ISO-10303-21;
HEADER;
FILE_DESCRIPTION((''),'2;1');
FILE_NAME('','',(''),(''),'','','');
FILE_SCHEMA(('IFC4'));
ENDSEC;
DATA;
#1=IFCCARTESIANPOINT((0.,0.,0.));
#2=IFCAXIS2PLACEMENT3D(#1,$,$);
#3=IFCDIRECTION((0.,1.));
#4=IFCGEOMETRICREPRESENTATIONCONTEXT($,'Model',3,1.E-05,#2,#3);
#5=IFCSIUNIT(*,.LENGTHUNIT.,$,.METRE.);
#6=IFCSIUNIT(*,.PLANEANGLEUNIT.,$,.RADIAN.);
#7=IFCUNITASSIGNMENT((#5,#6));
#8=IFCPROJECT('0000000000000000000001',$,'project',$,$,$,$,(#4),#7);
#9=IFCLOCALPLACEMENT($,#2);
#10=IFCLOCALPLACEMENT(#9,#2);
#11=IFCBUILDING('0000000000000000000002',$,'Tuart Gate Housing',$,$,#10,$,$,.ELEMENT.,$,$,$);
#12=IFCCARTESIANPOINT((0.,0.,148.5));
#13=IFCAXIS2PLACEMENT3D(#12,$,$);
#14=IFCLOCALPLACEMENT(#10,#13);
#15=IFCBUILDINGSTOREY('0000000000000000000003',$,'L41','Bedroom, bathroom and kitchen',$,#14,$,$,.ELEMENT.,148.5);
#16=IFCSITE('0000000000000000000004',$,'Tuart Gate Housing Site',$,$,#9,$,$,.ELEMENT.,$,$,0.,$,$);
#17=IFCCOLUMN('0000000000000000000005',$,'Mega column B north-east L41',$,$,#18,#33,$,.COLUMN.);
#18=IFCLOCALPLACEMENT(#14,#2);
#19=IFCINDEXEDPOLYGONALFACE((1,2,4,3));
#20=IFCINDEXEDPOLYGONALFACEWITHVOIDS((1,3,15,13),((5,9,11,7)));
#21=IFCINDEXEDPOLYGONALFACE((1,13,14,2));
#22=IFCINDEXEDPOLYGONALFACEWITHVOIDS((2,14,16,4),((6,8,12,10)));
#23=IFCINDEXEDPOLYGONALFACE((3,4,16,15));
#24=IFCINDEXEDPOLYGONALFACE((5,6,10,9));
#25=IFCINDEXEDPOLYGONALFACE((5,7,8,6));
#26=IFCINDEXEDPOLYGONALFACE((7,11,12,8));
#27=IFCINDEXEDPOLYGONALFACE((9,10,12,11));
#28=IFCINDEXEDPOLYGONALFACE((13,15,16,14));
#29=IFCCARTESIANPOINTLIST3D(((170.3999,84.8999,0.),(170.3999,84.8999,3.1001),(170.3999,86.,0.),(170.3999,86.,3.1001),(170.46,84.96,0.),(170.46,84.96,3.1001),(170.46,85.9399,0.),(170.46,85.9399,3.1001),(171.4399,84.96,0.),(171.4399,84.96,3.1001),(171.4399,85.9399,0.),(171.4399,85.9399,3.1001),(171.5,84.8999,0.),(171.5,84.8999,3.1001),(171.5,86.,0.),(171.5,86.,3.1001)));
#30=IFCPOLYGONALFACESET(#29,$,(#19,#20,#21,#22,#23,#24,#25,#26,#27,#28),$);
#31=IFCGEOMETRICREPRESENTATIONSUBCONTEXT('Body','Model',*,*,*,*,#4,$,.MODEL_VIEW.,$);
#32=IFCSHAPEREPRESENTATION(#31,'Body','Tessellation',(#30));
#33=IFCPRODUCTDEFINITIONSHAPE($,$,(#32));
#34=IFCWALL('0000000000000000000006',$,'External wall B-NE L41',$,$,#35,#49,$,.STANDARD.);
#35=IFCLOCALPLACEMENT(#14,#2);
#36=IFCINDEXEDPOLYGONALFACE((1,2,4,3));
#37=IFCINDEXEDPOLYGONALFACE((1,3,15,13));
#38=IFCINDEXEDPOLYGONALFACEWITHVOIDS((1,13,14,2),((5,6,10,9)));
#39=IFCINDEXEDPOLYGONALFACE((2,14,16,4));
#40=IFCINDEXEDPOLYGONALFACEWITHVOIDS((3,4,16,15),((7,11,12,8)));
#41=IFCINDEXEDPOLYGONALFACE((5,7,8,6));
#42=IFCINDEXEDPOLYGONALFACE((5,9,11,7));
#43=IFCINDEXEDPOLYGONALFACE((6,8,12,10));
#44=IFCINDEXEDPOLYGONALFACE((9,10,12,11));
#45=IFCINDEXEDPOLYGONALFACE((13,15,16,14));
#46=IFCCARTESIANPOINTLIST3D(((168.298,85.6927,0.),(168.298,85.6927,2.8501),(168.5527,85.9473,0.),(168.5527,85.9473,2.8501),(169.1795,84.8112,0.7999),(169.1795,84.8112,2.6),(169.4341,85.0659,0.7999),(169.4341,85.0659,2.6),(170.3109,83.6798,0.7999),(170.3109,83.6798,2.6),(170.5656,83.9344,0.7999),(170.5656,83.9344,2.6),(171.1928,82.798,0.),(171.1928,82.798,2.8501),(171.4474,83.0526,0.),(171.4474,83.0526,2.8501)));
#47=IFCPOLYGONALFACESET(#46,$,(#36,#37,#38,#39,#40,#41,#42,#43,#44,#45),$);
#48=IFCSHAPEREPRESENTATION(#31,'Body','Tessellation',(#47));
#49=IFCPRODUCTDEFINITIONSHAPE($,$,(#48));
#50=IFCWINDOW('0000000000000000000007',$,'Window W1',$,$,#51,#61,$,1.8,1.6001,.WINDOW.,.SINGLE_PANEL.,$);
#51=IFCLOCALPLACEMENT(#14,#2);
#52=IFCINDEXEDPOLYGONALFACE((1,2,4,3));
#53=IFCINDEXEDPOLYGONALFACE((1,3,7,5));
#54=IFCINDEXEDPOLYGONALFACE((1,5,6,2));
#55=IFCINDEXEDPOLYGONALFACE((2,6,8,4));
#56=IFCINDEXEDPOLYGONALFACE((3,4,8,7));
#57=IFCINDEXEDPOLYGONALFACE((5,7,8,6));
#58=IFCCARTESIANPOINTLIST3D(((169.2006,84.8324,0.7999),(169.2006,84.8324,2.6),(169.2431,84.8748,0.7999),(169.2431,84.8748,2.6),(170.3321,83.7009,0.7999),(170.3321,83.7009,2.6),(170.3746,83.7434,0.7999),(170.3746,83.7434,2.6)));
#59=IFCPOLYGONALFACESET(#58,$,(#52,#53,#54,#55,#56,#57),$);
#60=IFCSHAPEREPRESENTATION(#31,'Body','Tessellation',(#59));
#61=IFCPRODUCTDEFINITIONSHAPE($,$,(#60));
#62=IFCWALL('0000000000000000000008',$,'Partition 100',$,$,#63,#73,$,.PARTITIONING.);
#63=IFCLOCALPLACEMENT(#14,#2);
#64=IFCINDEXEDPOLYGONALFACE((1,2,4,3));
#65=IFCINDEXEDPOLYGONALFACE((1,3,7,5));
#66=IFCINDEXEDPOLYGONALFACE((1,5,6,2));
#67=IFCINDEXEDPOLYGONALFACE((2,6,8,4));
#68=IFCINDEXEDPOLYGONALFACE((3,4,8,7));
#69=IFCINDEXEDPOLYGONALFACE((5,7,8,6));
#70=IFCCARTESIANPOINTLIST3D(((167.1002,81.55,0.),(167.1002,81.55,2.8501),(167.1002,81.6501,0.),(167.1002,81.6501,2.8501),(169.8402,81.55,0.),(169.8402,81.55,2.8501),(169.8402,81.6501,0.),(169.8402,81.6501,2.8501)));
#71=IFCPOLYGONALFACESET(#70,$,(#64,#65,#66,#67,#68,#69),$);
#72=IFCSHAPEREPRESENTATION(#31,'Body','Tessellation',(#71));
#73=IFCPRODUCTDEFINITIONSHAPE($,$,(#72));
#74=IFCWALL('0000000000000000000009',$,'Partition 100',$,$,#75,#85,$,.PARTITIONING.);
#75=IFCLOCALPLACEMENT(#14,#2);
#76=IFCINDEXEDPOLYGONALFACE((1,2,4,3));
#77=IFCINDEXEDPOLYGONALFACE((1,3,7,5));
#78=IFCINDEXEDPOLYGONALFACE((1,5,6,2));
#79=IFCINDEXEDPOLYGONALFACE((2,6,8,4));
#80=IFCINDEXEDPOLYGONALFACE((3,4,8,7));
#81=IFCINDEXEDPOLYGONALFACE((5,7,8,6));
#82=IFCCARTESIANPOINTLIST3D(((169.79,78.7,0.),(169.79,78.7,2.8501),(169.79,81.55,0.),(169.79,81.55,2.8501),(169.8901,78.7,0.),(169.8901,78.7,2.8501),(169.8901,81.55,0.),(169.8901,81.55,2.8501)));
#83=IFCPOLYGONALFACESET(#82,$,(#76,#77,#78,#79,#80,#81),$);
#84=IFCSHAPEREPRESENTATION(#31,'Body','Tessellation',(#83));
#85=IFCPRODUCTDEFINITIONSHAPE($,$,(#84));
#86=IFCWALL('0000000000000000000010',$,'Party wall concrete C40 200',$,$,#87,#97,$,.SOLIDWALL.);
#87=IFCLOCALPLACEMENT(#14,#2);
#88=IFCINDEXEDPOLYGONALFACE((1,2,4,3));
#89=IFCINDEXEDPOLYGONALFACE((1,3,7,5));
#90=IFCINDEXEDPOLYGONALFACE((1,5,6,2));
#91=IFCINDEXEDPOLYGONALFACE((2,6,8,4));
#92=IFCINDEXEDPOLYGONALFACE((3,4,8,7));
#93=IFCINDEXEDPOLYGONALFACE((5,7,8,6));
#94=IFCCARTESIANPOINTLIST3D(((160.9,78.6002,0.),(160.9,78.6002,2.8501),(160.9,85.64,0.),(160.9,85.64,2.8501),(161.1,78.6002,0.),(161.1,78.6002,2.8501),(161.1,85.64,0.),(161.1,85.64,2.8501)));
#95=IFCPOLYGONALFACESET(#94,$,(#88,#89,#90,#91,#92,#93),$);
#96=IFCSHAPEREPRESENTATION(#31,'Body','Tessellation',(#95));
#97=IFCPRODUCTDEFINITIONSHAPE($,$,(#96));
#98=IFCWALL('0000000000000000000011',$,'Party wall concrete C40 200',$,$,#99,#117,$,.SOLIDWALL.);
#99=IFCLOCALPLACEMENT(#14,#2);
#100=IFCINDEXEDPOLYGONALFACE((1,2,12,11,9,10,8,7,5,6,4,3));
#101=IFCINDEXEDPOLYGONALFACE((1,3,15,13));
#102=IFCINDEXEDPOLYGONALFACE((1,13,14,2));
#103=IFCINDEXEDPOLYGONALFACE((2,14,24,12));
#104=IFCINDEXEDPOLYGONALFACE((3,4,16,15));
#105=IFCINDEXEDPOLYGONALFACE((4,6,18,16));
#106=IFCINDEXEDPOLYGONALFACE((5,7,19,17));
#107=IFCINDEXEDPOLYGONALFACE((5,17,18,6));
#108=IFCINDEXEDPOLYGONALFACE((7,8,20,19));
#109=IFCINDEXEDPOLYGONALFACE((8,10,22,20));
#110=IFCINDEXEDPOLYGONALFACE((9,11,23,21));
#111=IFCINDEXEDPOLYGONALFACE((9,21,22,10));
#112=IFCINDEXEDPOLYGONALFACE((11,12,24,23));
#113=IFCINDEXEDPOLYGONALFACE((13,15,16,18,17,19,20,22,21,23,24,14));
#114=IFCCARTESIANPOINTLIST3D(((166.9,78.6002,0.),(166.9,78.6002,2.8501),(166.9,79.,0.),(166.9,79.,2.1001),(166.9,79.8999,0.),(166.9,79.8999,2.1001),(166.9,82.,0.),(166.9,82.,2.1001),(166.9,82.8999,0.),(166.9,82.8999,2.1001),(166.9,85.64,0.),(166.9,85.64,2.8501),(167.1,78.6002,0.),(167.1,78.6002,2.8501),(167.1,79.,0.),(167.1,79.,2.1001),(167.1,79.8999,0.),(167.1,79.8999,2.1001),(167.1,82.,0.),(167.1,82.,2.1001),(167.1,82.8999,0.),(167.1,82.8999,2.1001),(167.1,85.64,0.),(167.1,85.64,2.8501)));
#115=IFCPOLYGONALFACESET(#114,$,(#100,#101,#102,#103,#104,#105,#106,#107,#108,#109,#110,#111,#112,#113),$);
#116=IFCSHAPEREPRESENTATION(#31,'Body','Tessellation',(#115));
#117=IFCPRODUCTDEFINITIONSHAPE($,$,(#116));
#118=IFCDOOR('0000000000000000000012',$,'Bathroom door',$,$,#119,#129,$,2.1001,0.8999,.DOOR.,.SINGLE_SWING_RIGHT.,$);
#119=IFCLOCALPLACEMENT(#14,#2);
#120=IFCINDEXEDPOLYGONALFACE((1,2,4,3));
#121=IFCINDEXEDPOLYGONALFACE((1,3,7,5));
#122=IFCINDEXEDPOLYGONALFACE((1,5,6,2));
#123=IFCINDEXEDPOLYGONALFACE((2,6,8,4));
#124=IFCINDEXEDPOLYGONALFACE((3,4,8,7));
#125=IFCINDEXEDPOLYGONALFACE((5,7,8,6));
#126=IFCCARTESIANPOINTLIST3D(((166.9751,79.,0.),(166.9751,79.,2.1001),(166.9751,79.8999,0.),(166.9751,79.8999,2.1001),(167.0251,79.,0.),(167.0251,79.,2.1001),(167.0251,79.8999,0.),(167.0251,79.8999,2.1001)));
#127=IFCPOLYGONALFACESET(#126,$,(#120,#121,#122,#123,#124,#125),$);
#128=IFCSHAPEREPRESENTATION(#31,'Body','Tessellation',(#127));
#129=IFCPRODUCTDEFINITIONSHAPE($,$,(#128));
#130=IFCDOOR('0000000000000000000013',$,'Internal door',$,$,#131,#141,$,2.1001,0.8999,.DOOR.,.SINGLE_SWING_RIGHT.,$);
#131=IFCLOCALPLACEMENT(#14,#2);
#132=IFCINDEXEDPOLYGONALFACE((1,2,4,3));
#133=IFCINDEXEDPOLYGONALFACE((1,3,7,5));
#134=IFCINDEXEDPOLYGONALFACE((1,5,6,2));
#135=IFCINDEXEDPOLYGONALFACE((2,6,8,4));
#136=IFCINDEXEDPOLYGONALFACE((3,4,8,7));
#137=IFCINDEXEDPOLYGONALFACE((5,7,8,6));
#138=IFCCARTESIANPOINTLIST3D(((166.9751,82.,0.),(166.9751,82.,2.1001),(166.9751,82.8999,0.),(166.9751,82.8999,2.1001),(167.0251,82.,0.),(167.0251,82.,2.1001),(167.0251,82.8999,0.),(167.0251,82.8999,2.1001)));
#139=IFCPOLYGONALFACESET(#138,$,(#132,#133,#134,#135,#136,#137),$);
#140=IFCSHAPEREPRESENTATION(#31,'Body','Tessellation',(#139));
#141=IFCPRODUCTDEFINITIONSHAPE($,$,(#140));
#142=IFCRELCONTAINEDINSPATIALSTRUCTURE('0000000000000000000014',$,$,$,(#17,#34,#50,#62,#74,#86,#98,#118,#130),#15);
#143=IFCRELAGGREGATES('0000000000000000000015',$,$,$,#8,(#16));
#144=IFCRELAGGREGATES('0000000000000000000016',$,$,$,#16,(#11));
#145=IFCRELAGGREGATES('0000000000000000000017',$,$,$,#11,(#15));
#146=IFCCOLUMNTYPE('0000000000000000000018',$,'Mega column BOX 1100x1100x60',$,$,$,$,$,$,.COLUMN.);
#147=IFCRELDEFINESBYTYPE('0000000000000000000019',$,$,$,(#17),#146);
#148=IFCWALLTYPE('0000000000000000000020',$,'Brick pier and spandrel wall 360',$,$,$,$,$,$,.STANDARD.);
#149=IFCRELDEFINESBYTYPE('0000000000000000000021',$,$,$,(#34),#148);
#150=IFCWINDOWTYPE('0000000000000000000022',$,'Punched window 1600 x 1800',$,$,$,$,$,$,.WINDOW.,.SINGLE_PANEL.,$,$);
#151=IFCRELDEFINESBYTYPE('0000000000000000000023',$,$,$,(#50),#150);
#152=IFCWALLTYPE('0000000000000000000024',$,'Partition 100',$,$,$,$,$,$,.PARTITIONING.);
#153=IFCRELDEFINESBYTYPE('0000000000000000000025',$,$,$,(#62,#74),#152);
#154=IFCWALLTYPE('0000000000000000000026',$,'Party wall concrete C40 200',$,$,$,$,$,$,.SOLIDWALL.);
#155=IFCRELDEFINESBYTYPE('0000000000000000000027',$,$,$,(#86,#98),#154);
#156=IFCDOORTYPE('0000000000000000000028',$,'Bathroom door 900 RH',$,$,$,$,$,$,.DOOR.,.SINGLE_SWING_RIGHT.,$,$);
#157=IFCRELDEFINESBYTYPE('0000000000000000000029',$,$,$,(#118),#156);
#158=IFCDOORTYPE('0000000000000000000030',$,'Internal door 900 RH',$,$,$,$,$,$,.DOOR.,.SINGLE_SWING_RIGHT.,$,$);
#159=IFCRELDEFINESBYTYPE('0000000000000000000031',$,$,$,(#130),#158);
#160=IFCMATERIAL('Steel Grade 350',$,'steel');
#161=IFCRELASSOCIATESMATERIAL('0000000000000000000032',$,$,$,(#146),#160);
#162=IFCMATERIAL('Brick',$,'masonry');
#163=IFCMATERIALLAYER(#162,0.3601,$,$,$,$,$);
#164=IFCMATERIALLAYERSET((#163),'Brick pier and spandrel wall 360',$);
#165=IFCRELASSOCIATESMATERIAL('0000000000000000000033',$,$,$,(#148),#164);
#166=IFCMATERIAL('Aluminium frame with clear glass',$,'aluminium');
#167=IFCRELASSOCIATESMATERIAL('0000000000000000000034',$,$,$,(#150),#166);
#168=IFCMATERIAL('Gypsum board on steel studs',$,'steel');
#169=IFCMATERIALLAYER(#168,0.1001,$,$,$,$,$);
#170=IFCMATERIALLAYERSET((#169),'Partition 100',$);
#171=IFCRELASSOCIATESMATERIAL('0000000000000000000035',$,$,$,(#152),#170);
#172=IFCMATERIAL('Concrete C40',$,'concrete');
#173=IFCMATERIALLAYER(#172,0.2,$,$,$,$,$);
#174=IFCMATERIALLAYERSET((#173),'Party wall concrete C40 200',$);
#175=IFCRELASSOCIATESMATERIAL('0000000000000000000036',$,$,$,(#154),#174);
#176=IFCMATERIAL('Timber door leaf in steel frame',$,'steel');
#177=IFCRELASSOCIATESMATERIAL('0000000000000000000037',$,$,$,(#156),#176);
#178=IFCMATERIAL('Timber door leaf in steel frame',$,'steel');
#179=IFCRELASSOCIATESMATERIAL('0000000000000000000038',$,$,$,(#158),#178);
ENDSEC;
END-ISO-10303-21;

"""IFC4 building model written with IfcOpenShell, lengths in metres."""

from ifc_helpers import new_model, si_unit, direction, frame, frame_2d, origin, origin_2d, place, context, subcontext, project, spatial, rectangle, hollow_rectangle, extrude, material, layer, layer_set, material_profile, profile_set, type_object, element, fill, save


model = new_model("IFC4")

# Units and contexts
model_context = context("Model", 3, precision=1e-05, world=origin(), true_north=direction((0.0, 1.0)))
body_context = subcontext(model_context, "Body", "Model", "MODEL_VIEW")
ifc_project = project(units=[si_unit("LENGTHUNIT", "METRE"), si_unit("PLANEANGLEUNIT", "RADIAN")], contexts=[model_context])

# Site, building, storey
site_placement = place(None, origin())
site = spatial("IfcSite", under=ifc_project, at=site_placement, Name="Tuart Gate Housing Site", CompositionType="ELEMENT", RefElevation=0.0)
building_placement = place(site_placement, origin())
building = spatial("IfcBuilding", under=site, at=building_placement, Name="Tuart Gate Housing", CompositionType="ELEMENT")
storey_placement = place(building_placement, frame((0.0, 0.0, 148.5)))
storey = spatial("IfcBuildingStorey", under=building, at=storey_placement, Name="L41", Description="Bedroom, bathroom and kitchen", CompositionType="ELEMENT", Elevation=148.5)

# Column
ifc_material_1 = material(Name="Steel Grade 350", Category="steel")
ifc_material_profile = material_profile(ifc_material_1, hollow_rectangle(XDim=1.1001, YDim=1.1001, WallThickness=0.0601, at=origin_2d()), Name="BOX 1100x1100x60")
ifc_profile_set = profile_set([ifc_material_profile], Name="Steel Grade 350")
column_type = type_object("IfcColumnType", Name="Mega column BOX 1100x1100x60", PredefinedType="COLUMN", material=ifc_profile_set)
column_placement = place(storey_placement, frame((170.95, 85.45, 0.0), z_axis=(0.0, 0.0, 1.0), x_axis=(1.0, 0.0, 0.0)))
element("IfcColumn", 1, at=column_placement, inside=storey, type_object=column_type, Name="Mega column B north-east L41", PredefinedType="COLUMN", context=body_context, shape_type="SweptSolid", body=[
    extrude(hollow_rectangle(XDim=1.1001, YDim=1.1001, WallThickness=0.0601, at=origin_2d()), origin(), (0.0, 0.0, 1.0), 3.1001),
])

# Wall, opening, window
ifc_material_2 = material(Name="Brick", Category="masonry")
ifc_layer_1 = layer(ifc_material_2, 0.3601)
ifc_layer_set_1 = layer_set([ifc_layer_1], Name="Brick pier and spandrel wall 360")
wall_type_1 = type_object("IfcWallType", Name="Brick pier and spandrel wall 360", PredefinedType="STANDARD", material=ifc_layer_set_1)
wall_1_placement = place(storey_placement, frame((171.3201, 82.9253, 0.0), z_axis=(0.0, 0.0, 1.0), x_axis=(-0.707107, 0.707107, 0.0)))
wall_1 = element("IfcWall", 2, at=wall_1_placement, inside=storey, type_object=wall_type_1, Name="External wall B-NE L41", PredefinedType="STANDARD", context=body_context, shape_type="SweptSolid", body=[
    extrude(rectangle(XDim=4.0938, YDim=0.3601, at=frame_2d((2.0469, 0.0))), origin(), (0.0, 0.0, 1.0), 2.8501),
])
opening_1_placement = place(wall_1_placement, frame((1.2471, 0.0, 0.8)))
opening_1 = element("IfcOpeningElement", 3, at=opening_1_placement, cuts=wall_1, PredefinedType="OPENING", context=body_context, shape_type="SweptSolid", body=[
    extrude(rectangle(XDim=1.6001, YDim=1.8, at=frame_2d((0.8, 0.8999))), frame((0.0, 0.1899, 0.0), z_axis=(0.0, -1.0, 0.0), x_axis=(1.0, 0.0, 0.0)), (0.0, 0.0, 1.0), 0.3801),
])
ifc_material_3 = material(Name="Aluminium frame with clear glass", Category="aluminium")
window_type = type_object("IfcWindowType", Name="Punched window 1600 x 1800", PartitioningType="SINGLE_PANEL", PredefinedType="WINDOW", material=ifc_material_3)
window_1_placement = place(opening_1_placement, origin())
window_1 = element("IfcWindow", 4, at=window_1_placement, inside=storey, type_object=window_type, Name="Window W1", OverallHeight=1.8, OverallWidth=1.6001, PartitioningType="SINGLE_PANEL", PredefinedType="WINDOW", context=body_context, shape_type="SweptSolid", body=[
    extrude(rectangle(XDim=1.6001, YDim=1.8, at=frame_2d((0.8, 0.8999))), frame((0.0, 0.1501, 0.0), z_axis=(0.0, -1.0, 0.0), x_axis=(1.0, 0.0, 0.0)), (0.0, 0.0, 1.0), 0.0601),
])
fill(opening_1, window_1)

# Walls
ifc_material_4 = material(Name="Gypsum board on steel studs", Category="steel")
ifc_layer_2 = layer(ifc_material_4, 0.1001)
ifc_layer_set_2 = layer_set([ifc_layer_2], Name="Partition 100")
wall_type_2 = type_object("IfcWallType", Name="Partition 100", PredefinedType="PARTITIONING", material=ifc_layer_set_2)
wall_2_placement = place(storey_placement, frame((167.1001, 81.6001, 0.0), z_axis=(0.0, 0.0, 1.0), x_axis=(1.0, 0.0, 0.0)))
element("IfcWall", 5, at=wall_2_placement, inside=storey, type_object=wall_type_2, Name="Partition 100", PredefinedType="PARTITIONING", context=body_context, shape_type="SweptSolid", body=[
    extrude(rectangle(XDim=2.74, YDim=0.1001, at=frame_2d((1.3701, 0.0))), origin(), (0.0, 0.0, 1.0), 2.8501),
])
wall_3_placement = place(storey_placement, frame((169.8401, 78.7, 0.0), z_axis=(0.0, 0.0, 1.0), x_axis=(0.0, 1.0, 0.0)))
element("IfcWall", 6, at=wall_3_placement, inside=storey, type_object=wall_type_2, Name="Partition 100", PredefinedType="PARTITIONING", context=body_context, shape_type="SweptSolid", body=[
    extrude(rectangle(XDim=2.8501, YDim=0.1001, at=frame_2d((1.425, 0.0))), origin(), (0.0, 0.0, 1.0), 2.8501),
])
ifc_material_5 = material(Name="Concrete C40", Category="concrete")
ifc_layer_3 = layer(ifc_material_5, 0.2)
ifc_layer_set_3 = layer_set([ifc_layer_3], Name="Party wall concrete C40 200")
wall_type_3 = type_object("IfcWallType", Name="Party wall concrete C40 200", PredefinedType="SOLIDWALL", material=ifc_layer_set_3)
wall_4_placement = place(storey_placement, frame((161.0, 78.6001, 0.0), z_axis=(0.0, 0.0, 1.0), x_axis=(0.0, 1.0, 0.0)))
element("IfcWall", 7, at=wall_4_placement, inside=storey, type_object=wall_type_3, Name="Party wall concrete C40 200", PredefinedType="SOLIDWALL", context=body_context, shape_type="SweptSolid", body=[
    extrude(rectangle(XDim=7.0398, YDim=0.2, at=frame_2d((3.52, 0.0))), origin(), (0.0, 0.0, 1.0), 2.8501),
])

# Wall, openings, doors
wall_5_placement = place(storey_placement, frame((167.0, 78.6001, 0.0), z_axis=(0.0, 0.0, 1.0), x_axis=(0.0, 1.0, 0.0)))
wall_5 = element("IfcWall", 8, at=wall_5_placement, inside=storey, type_object=wall_type_3, Name="Party wall concrete C40 200", PredefinedType="SOLIDWALL", context=body_context, shape_type="SweptSolid", body=[
    extrude(rectangle(XDim=7.0398, YDim=0.2, at=frame_2d((3.52, 0.0))), origin(), (0.0, 0.0, 1.0), 2.8501),
])
opening_2_placement = place(wall_5_placement, frame((3.3999, 0.0, 0.0)))
opening_2 = element("IfcOpeningElement", 9, at=opening_2_placement, cuts=wall_5, PredefinedType="OPENING", context=body_context, shape_type="SweptSolid", body=[
    extrude(rectangle(XDim=0.8999, YDim=2.1001, at=frame_2d((0.45, 1.05))), frame((0.0, 0.1099, 0.0), z_axis=(0.0, -1.0, 0.0), x_axis=(1.0, 0.0, 0.0)), (0.0, 0.0, 1.0), 0.22),
])
opening_3_placement = place(wall_5_placement, frame((0.3999, 0.0, 0.0)))
opening_3 = element("IfcOpeningElement", 10, at=opening_3_placement, cuts=wall_5, PredefinedType="OPENING", context=body_context, shape_type="SweptSolid", body=[
    extrude(rectangle(XDim=0.8999, YDim=2.1001, at=frame_2d((0.45, 1.05))), frame((0.0, 0.1099, 0.0), z_axis=(0.0, -1.0, 0.0), x_axis=(1.0, 0.0, 0.0)), (0.0, 0.0, 1.0), 0.22),
])
ifc_material_6 = material(Name="Timber door leaf in steel frame", Category="steel")
door_type_1 = type_object("IfcDoorType", Name="Bathroom door 900 RH", OperationType="SINGLE_SWING_RIGHT", PredefinedType="DOOR", material=ifc_material_6)
door_1_placement = place(opening_3_placement, frame((0.8999, 0.0, 0.0), z_axis=(0.0, 0.0, 1.0), x_axis=(-1.0, 0.0, 0.0)))
door_1 = element("IfcDoor", 11, at=door_1_placement, inside=storey, type_object=door_type_1, Name="Bathroom door", OperationType="SINGLE_SWING_RIGHT", OverallHeight=2.1001, OverallWidth=0.8999, PredefinedType="DOOR", context=body_context, shape_type="SweptSolid", body=[
    extrude(rectangle(XDim=0.8999, YDim=2.1001, at=frame_2d((0.45, 1.05))), frame((0.0, 0.0251, 0.0), z_axis=(0.0, -1.0, 0.0), x_axis=(1.0, 0.0, 0.0)), (0.0, 0.0, 1.0), 0.05),
])
fill(opening_3, door_1)
ifc_material_7 = material(Name="Timber door leaf in steel frame", Category="steel")
door_type_2 = type_object("IfcDoorType", Name="Internal door 900 RH", OperationType="SINGLE_SWING_RIGHT", PredefinedType="DOOR", material=ifc_material_7)
door_2_placement = place(opening_2_placement, frame((0.8999, 0.0, 0.0), z_axis=(0.0, 0.0, 1.0), x_axis=(-1.0, 0.0, 0.0)))
door_2 = element("IfcDoor", 12, at=door_2_placement, inside=storey, type_object=door_type_2, Name="Internal door", OperationType="SINGLE_SWING_RIGHT", OverallHeight=2.1001, OverallWidth=0.8999, PredefinedType="DOOR", context=body_context, shape_type="SweptSolid", body=[
    extrude(rectangle(XDim=0.8999, YDim=2.1001, at=frame_2d((0.45, 1.05))), frame((0.0, 0.0251, 0.0), z_axis=(0.0, -1.0, 0.0), x_axis=(1.0, 0.0, 0.0)), (0.0, 0.0, 1.0), 0.05),
])
fill(opening_2, door_2)

save(model, "model.ifc")
